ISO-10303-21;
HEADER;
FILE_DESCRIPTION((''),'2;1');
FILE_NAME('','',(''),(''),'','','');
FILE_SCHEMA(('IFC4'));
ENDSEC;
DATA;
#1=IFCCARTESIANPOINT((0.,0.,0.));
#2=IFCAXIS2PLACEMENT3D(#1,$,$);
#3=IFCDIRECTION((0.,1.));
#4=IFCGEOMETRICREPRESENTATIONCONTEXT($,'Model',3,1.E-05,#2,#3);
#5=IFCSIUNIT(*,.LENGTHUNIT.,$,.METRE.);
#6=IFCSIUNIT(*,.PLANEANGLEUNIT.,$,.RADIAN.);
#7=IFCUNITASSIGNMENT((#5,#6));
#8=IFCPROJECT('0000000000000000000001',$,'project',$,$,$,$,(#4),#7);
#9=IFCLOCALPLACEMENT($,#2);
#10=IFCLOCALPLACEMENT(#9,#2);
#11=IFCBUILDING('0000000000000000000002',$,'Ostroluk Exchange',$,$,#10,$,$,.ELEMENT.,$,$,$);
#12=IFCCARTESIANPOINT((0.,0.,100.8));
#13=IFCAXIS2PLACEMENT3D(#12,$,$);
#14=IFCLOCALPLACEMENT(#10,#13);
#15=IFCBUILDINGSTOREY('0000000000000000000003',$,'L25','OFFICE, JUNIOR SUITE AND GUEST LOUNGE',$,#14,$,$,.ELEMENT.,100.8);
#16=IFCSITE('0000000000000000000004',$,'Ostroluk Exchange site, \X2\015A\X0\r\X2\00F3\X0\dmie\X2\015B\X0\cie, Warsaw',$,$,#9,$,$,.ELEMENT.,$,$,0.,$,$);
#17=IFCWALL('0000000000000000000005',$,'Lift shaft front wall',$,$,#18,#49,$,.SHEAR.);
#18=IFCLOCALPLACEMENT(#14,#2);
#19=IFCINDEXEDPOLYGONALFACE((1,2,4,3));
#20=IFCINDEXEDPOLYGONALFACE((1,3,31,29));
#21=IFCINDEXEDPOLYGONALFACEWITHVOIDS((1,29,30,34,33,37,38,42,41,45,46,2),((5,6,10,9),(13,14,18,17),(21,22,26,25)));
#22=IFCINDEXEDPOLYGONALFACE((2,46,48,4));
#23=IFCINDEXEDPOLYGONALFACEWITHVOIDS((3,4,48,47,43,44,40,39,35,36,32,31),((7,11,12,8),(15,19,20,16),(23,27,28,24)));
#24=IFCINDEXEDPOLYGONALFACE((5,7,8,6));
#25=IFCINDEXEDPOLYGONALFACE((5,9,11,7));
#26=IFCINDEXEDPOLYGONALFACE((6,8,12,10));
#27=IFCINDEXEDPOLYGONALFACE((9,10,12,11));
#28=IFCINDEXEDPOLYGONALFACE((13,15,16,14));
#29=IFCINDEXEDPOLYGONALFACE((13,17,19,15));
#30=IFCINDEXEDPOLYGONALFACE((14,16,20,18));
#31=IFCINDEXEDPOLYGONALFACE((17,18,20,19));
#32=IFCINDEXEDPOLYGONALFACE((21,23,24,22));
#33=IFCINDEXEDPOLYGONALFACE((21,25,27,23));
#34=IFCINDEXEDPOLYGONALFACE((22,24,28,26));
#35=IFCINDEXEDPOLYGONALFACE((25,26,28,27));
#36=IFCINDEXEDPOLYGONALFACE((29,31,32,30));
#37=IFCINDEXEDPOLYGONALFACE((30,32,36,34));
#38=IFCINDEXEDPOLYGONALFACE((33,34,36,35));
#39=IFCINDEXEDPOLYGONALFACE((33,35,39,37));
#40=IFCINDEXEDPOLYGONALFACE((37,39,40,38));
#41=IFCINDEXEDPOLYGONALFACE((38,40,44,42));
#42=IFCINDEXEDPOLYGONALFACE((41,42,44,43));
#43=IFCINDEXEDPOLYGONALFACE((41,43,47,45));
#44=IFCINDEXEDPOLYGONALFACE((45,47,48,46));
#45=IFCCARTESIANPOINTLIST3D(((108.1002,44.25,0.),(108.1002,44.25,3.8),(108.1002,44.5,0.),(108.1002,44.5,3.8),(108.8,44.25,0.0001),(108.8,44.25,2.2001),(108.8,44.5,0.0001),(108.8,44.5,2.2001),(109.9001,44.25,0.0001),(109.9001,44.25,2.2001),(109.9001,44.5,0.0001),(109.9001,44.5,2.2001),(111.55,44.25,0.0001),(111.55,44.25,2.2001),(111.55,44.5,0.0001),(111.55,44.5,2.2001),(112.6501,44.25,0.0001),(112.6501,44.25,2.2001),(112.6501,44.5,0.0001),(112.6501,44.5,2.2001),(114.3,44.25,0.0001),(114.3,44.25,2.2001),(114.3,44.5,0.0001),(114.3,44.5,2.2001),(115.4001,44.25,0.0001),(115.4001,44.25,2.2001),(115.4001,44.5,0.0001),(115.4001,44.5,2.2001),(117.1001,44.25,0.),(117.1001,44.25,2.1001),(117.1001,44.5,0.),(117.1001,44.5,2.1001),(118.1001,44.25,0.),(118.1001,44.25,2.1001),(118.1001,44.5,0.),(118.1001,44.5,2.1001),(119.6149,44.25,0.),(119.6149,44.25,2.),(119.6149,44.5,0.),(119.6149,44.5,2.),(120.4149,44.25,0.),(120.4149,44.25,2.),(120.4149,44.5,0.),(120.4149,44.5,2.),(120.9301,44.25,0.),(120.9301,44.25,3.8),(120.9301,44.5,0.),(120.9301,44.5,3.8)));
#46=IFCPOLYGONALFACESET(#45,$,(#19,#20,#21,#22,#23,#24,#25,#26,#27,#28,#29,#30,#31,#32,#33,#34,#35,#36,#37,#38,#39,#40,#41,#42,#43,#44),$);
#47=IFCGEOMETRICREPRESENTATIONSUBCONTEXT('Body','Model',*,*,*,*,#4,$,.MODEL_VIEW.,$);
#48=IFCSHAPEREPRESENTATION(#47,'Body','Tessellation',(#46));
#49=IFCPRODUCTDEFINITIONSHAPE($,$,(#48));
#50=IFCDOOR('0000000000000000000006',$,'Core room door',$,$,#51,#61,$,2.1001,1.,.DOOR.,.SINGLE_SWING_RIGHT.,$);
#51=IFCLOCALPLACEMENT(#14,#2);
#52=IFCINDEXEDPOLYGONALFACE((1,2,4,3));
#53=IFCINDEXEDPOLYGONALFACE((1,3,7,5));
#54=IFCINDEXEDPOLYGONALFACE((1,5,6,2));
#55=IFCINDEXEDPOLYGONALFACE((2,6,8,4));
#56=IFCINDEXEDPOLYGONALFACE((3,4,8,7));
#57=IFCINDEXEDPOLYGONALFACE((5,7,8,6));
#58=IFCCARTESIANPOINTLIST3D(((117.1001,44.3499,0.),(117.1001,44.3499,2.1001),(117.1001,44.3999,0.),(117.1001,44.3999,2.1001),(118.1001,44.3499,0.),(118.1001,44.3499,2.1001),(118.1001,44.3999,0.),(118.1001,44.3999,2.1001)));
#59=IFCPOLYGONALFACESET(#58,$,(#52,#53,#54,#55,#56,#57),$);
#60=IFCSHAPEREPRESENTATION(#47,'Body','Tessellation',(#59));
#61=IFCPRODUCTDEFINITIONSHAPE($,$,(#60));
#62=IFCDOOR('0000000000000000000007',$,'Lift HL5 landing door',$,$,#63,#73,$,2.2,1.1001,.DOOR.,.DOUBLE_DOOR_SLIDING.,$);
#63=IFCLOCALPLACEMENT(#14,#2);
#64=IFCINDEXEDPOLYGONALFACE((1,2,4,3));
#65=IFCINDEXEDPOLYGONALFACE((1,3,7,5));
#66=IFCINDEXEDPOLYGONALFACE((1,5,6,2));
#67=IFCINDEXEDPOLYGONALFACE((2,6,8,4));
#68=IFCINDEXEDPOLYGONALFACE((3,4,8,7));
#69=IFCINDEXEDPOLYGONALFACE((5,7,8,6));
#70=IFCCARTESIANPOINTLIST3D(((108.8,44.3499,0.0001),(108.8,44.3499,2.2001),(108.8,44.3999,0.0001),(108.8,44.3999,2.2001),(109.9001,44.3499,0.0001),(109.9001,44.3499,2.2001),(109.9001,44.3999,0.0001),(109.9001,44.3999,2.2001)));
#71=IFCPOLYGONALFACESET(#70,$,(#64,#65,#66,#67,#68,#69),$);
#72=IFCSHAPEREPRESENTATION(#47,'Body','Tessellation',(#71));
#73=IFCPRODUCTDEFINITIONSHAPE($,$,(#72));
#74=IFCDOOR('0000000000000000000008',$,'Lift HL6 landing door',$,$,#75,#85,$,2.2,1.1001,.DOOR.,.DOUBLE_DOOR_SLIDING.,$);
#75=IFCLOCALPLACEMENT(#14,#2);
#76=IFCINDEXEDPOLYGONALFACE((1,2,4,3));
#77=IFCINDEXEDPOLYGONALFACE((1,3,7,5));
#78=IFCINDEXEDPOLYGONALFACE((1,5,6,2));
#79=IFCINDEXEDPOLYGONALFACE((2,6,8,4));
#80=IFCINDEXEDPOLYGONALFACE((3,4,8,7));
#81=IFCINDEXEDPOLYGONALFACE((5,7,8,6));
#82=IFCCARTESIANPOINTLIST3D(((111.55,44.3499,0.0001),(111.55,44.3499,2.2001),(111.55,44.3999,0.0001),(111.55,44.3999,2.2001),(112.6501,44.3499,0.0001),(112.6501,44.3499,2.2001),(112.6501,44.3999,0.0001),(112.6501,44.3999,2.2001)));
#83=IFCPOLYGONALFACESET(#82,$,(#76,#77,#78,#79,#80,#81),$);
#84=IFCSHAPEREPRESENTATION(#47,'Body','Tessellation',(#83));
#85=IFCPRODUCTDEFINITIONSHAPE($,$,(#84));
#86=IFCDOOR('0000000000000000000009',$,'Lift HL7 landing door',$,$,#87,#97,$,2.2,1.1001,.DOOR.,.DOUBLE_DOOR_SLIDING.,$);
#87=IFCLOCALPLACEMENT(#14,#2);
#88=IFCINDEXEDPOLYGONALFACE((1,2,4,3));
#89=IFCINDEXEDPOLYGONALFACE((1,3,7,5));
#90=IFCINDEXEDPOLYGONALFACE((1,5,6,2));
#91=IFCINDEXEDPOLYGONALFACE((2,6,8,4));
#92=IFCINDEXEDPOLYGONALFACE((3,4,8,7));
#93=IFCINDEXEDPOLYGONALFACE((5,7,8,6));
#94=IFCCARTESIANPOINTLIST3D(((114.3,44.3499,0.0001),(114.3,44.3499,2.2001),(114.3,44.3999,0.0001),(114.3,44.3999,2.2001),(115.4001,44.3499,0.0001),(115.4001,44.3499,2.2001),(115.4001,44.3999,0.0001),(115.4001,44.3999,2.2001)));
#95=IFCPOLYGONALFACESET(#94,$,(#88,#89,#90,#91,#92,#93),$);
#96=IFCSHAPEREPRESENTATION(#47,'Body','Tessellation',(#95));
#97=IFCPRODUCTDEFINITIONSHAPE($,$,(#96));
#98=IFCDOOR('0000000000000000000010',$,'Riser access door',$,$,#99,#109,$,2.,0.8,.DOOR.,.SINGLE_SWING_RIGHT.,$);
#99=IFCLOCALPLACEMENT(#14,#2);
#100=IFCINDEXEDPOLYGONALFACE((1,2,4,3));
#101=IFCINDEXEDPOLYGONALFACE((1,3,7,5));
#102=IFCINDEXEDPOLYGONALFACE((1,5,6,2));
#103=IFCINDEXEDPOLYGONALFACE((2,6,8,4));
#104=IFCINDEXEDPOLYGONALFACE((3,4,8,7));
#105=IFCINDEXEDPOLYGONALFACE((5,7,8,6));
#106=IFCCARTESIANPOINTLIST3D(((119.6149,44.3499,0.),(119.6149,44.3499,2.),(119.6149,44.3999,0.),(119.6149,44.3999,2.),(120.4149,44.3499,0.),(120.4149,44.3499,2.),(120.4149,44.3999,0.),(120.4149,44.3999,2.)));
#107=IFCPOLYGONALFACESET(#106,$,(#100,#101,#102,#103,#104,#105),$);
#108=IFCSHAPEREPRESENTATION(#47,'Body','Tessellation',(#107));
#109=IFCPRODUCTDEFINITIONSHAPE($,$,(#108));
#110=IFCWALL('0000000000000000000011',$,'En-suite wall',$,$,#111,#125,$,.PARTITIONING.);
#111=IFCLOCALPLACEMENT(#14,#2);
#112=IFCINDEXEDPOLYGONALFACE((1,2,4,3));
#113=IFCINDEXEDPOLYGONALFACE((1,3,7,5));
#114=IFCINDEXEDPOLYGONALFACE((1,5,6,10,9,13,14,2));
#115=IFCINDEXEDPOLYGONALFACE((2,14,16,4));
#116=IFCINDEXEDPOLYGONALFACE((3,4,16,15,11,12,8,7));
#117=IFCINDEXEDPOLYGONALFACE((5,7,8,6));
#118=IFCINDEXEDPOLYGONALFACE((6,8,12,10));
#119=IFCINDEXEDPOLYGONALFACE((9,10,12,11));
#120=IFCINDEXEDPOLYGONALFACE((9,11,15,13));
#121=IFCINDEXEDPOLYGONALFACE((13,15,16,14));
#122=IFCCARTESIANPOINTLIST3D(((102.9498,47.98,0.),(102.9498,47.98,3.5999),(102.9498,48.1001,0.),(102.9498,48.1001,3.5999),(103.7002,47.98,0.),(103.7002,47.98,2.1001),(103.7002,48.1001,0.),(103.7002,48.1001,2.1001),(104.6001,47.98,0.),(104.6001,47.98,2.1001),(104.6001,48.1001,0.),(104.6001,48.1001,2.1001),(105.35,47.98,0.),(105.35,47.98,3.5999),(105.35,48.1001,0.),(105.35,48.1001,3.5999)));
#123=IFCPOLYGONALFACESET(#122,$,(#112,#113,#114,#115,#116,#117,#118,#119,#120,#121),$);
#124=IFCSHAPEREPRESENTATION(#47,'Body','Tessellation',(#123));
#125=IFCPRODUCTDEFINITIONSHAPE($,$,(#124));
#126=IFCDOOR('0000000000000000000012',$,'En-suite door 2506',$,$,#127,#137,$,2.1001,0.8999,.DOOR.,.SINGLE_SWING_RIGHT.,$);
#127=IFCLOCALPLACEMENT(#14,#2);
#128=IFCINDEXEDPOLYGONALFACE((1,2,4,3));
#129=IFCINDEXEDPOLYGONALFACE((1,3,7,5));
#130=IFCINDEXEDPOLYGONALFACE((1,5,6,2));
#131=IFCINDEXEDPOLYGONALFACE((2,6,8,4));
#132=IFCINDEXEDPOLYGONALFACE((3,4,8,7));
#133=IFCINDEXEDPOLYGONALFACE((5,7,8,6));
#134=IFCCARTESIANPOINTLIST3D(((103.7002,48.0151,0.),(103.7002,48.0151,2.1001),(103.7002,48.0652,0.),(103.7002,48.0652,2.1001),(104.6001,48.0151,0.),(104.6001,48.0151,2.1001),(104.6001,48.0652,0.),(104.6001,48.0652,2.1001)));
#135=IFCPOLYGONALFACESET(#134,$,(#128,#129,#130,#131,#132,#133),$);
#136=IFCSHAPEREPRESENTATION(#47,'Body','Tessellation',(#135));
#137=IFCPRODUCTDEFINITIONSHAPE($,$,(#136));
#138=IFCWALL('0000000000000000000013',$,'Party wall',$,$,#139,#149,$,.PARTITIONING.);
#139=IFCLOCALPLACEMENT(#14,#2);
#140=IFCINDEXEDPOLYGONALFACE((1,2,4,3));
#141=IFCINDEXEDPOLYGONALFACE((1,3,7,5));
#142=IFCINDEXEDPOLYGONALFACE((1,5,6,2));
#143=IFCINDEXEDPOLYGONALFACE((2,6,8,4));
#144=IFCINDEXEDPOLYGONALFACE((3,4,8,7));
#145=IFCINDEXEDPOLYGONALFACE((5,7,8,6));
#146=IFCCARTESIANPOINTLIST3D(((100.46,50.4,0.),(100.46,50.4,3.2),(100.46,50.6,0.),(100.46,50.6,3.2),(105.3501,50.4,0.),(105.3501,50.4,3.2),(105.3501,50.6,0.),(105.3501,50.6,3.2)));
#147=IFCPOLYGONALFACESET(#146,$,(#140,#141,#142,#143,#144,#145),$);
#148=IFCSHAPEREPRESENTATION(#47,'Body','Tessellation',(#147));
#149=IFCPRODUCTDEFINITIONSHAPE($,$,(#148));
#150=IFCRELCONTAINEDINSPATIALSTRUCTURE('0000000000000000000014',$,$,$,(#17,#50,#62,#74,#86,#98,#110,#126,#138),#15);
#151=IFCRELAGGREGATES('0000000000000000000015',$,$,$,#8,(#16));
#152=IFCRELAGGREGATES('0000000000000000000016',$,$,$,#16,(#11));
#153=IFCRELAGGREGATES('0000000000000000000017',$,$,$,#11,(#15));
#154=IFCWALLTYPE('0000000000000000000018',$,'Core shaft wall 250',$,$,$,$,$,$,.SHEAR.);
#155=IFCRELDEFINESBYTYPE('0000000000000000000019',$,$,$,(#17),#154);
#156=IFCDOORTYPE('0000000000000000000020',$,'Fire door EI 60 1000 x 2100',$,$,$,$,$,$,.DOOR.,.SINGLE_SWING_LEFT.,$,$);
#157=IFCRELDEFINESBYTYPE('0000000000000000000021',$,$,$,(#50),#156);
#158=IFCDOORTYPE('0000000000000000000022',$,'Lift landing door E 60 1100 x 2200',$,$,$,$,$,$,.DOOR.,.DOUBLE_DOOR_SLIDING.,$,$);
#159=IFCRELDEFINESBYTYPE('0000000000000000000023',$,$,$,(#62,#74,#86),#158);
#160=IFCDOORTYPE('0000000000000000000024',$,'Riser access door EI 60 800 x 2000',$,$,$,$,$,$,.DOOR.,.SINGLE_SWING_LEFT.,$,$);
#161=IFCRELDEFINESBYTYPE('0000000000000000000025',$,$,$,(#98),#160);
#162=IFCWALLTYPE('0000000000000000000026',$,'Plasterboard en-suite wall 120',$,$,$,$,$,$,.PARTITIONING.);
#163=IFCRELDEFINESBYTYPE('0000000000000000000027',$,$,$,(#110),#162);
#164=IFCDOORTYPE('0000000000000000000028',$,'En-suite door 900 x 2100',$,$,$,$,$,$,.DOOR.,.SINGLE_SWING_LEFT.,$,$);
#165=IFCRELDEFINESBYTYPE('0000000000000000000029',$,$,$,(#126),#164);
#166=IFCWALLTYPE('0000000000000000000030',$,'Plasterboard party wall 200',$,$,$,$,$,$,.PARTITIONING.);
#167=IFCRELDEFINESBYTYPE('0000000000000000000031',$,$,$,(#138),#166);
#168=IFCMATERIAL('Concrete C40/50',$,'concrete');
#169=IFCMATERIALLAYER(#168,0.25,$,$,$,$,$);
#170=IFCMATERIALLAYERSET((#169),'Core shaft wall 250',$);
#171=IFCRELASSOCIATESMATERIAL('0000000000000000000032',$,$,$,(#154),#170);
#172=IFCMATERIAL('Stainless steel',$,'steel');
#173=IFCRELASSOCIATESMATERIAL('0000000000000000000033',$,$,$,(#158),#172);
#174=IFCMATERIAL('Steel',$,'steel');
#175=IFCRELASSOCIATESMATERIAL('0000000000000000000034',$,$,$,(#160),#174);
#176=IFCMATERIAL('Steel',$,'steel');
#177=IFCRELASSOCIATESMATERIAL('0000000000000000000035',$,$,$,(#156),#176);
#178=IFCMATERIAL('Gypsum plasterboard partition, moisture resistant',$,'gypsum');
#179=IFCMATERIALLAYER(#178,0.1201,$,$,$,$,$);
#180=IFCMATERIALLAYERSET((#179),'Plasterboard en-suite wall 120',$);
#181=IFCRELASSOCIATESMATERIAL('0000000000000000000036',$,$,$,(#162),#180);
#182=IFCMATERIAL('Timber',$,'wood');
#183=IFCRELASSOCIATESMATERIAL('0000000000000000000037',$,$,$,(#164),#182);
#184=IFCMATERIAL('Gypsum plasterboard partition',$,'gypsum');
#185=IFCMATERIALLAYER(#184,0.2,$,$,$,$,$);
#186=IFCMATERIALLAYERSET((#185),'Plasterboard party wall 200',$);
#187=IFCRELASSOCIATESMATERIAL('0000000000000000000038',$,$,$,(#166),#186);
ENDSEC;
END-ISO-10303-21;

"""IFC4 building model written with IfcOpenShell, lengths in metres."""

from ifc_helpers import new_model, si_unit, direction, frame, frame_2d, origin, place, context, subcontext, project, spatial, rectangle, extrude, material, layer, layer_set, type_object, element, fill, save


model = new_model("IFC4")

# Units and contexts
model_context = context("Model", 3, precision=1e-05, world=origin(), true_north=direction((0.0, 1.0)))
body_context = subcontext(model_context, "Body", "Model", "MODEL_VIEW")
ifc_project = project(units=[si_unit("LENGTHUNIT", "METRE"), si_unit("PLANEANGLEUNIT", "RADIAN")], contexts=[model_context])

# Site, building, storey
site_placement = place(None, origin())
site = spatial("IfcSite", under=ifc_project, at=site_placement, Name="Ostroluk Exchange site, Śródmieście, Warsaw", CompositionType="ELEMENT", RefElevation=0.0)
building_placement = place(site_placement, origin())
building = spatial("IfcBuilding", under=site, at=building_placement, Name="Ostroluk Exchange", CompositionType="ELEMENT")
storey_placement = place(building_placement, frame((0.0, 0.0, 100.8)))
storey = spatial("IfcBuildingStorey", under=building, at=storey_placement, Name="L25", Description="OFFICE, JUNIOR SUITE AND GUEST LOUNGE", CompositionType="ELEMENT", Elevation=100.8)

# Shared definitions
ifc_material_1 = material(Name="Concrete C40/50", Category="concrete")
ifc_layer_1 = layer(ifc_material_1, 0.25)
ifc_layer_set_1 = layer_set([ifc_layer_1], Name="Core shaft wall 250")
wall_type_1 = type_object("IfcWallType", Name="Core shaft wall 250", PredefinedType="SHEAR", material=ifc_layer_set_1)

# Shared definitions
ifc_material_2 = material(Name="Stainless steel", Category="steel")
door_type_1 = type_object("IfcDoorType", Name="Lift landing door E 60 1100 x 2200", OperationType="DOUBLE_DOOR_SLIDING", PredefinedType="DOOR", material=ifc_material_2)
ifc_material_3 = material(Name="Steel", Category="steel")
door_type_2 = type_object("IfcDoorType", Name="Riser access door EI 60 800 x 2000", OperationType="SINGLE_SWING_LEFT", PredefinedType="DOOR", material=ifc_material_3)

# Wall, openings, doors
wall_1_placement = place(storey_placement, frame((108.1001, 44.375, 0.0), z_axis=(0.0, 0.0, 1.0), x_axis=(1.0, 0.0, 0.0)))
wall_1 = element("IfcWall", 1, at=wall_1_placement, inside=storey, type_object=wall_type_1, Name="Lift shaft front wall", PredefinedType="SHEAR", context=body_context, shape_type="SweptSolid", body=[
    extrude(rectangle(XDim=12.8298, YDim=0.25, at=frame_2d((6.415, 0.0))), origin(), (0.0, 0.0, 1.0), 3.8),
])
opening_1_placement = place(wall_1_placement, frame((0.7, 0.0, 0.0)))
opening_1 = element("IfcOpeningElement", 2, at=opening_1_placement, cuts=wall_1, PredefinedType="OPENING", context=body_context, shape_type="SweptSolid", body=[
    extrude(rectangle(XDim=1.1001, YDim=2.2, at=frame_2d((0.55, 1.1001))), frame((0.0, 0.135, 0.0), z_axis=(0.0, -1.0, 0.0), x_axis=(1.0, 0.0, 0.0)), (0.0, 0.0, 1.0), 0.27),
])
opening_2_placement = place(wall_1_placement, frame((3.45, 0.0, 0.0)))
opening_2 = element("IfcOpeningElement", 3, at=opening_2_placement, cuts=wall_1, PredefinedType="OPENING", context=body_context, shape_type="SweptSolid", body=[
    extrude(rectangle(XDim=1.1001, YDim=2.2, at=frame_2d((0.55, 1.1001))), frame((0.0, 0.135, 0.0), z_axis=(0.0, -1.0, 0.0), x_axis=(1.0, 0.0, 0.0)), (0.0, 0.0, 1.0), 0.27),
])
opening_3_placement = place(wall_1_placement, frame((6.2, 0.0, 0.0)))
opening_3 = element("IfcOpeningElement", 4, at=opening_3_placement, cuts=wall_1, PredefinedType="OPENING", context=body_context, shape_type="SweptSolid", body=[
    extrude(rectangle(XDim=1.1001, YDim=2.2, at=frame_2d((0.55, 1.1001))), frame((0.0, 0.135, 0.0), z_axis=(0.0, -1.0, 0.0), x_axis=(1.0, 0.0, 0.0)), (0.0, 0.0, 1.0), 0.27),
])
opening_4_placement = place(wall_1_placement, frame((9.0, 0.0, 0.0)))
opening_4 = element("IfcOpeningElement", 5, at=opening_4_placement, cuts=wall_1, PredefinedType="OPENING", context=body_context, shape_type="SweptSolid", body=[
    extrude(rectangle(XDim=1.0, YDim=2.1001, at=frame_2d((0.5, 1.05))), frame((0.0, 0.135, 0.0), z_axis=(0.0, -1.0, 0.0), x_axis=(1.0, 0.0, 0.0)), (0.0, 0.0, 1.0), 0.27),
])
opening_5_placement = place(wall_1_placement, frame((11.5149, 0.0, 0.0)))
opening_5 = element("IfcOpeningElement", 6, at=opening_5_placement, cuts=wall_1, PredefinedType="OPENING", context=body_context, shape_type="SweptSolid", body=[
    extrude(rectangle(XDim=0.8, YDim=2.0, at=frame_2d((0.3999, 1.0))), frame((0.0, 0.135, 0.0), z_axis=(0.0, -1.0, 0.0), x_axis=(1.0, 0.0, 0.0)), (0.0, 0.0, 1.0), 0.27),
])
ifc_material_4 = material(Name="Steel", Category="steel")
door_type_3 = type_object("IfcDoorType", Name="Fire door EI 60 1000 x 2100", OperationType="SINGLE_SWING_LEFT", PredefinedType="DOOR", material=ifc_material_4)
door_1_placement = place(opening_4_placement, origin())
door_1 = element("IfcDoor", 7, at=door_1_placement, inside=storey, type_object=door_type_3, Name="Core room door", OperationType="SINGLE_SWING_RIGHT", OverallHeight=2.1001, OverallWidth=1.0, PredefinedType="DOOR", context=body_context, shape_type="SweptSolid", body=[
    extrude(rectangle(XDim=1.0, YDim=2.1001, at=frame_2d((0.5, 1.05))), frame((0.0, 0.0249, 0.0), z_axis=(0.0, -1.0, 0.0), x_axis=(1.0, 0.0, 0.0)), (0.0, 0.0, 1.0), 0.05),
])
fill(opening_4, door_1)
door_2_placement = place(opening_1_placement, origin())
door_2 = element("IfcDoor", 8, at=door_2_placement, inside=storey, type_object=door_type_1, Name="Lift HL5 landing door", OperationType="DOUBLE_DOOR_SLIDING", OverallHeight=2.2, OverallWidth=1.1001, PredefinedType="DOOR", context=body_context, shape_type="SweptSolid", body=[
    extrude(rectangle(XDim=1.1001, YDim=2.2, at=frame_2d((0.55, 1.1001))), frame((0.0, 0.0249, 0.0), z_axis=(0.0, -1.0, 0.0), x_axis=(1.0, 0.0, 0.0)), (0.0, 0.0, 1.0), 0.05),
])
fill(opening_1, door_2)
door_3_placement = place(opening_2_placement, origin())
door_3 = element("IfcDoor", 9, at=door_3_placement, inside=storey, type_object=door_type_1, Name="Lift HL6 landing door", OperationType="DOUBLE_DOOR_SLIDING", OverallHeight=2.2, OverallWidth=1.1001, PredefinedType="DOOR", context=body_context, shape_type="SweptSolid", body=[
    extrude(rectangle(XDim=1.1001, YDim=2.2, at=frame_2d((0.55, 1.1001))), frame((0.0, 0.0249, 0.0), z_axis=(0.0, -1.0, 0.0), x_axis=(1.0, 0.0, 0.0)), (0.0, 0.0, 1.0), 0.05),
])
fill(opening_2, door_3)
door_4_placement = place(opening_3_placement, origin())
door_4 = element("IfcDoor", 10, at=door_4_placement, inside=storey, type_object=door_type_1, Name="Lift HL7 landing door", OperationType="DOUBLE_DOOR_SLIDING", OverallHeight=2.2, OverallWidth=1.1001, PredefinedType="DOOR", context=body_context, shape_type="SweptSolid", body=[
    extrude(rectangle(XDim=1.1001, YDim=2.2, at=frame_2d((0.55, 1.1001))), frame((0.0, 0.0249, 0.0), z_axis=(0.0, -1.0, 0.0), x_axis=(1.0, 0.0, 0.0)), (0.0, 0.0, 1.0), 0.05),
])
fill(opening_3, door_4)
door_5_placement = place(opening_5_placement, origin())
door_5 = element("IfcDoor", 11, at=door_5_placement, inside=storey, type_object=door_type_2, Name="Riser access door", OperationType="SINGLE_SWING_RIGHT", OverallHeight=2.0, OverallWidth=0.8, PredefinedType="DOOR", context=body_context, shape_type="SweptSolid", body=[
    extrude(rectangle(XDim=0.8, YDim=2.0, at=frame_2d((0.3999, 1.0))), frame((0.0, 0.0249, 0.0), z_axis=(0.0, -1.0, 0.0), x_axis=(1.0, 0.0, 0.0)), (0.0, 0.0, 1.0), 0.05),
])
fill(opening_5, door_5)

# Wall, opening, door
ifc_material_5 = material(Name="Gypsum plasterboard partition, moisture resistant", Category="gypsum")
ifc_layer_2 = layer(ifc_material_5, 0.1201)
ifc_layer_set_2 = layer_set([ifc_layer_2], Name="Plasterboard en-suite wall 120")
wall_type_2 = type_object("IfcWallType", Name="Plasterboard en-suite wall 120", PredefinedType="PARTITIONING", material=ifc_layer_set_2)
wall_2_placement = place(storey_placement, frame((105.3501, 48.04, 0.0), z_axis=(0.0, 0.0, 1.0), x_axis=(-1.0, 0.0, 0.0)))
wall_2 = element("IfcWall", 12, at=wall_2_placement, inside=storey, type_object=wall_type_2, Name="En-suite wall", PredefinedType="PARTITIONING", context=body_context, shape_type="SweptSolid", body=[
    extrude(rectangle(XDim=2.4001, YDim=0.1201, at=frame_2d((1.2002, 0.0))), origin(), (0.0, 0.0, 1.0), 3.5999),
])
opening_6_placement = place(wall_2_placement, frame((0.75, 0.0, 0.0)))
opening_6 = element("IfcOpeningElement", 13, at=opening_6_placement, cuts=wall_2, PredefinedType="OPENING", context=body_context, shape_type="SweptSolid", body=[
    extrude(rectangle(XDim=0.8999, YDim=2.1001, at=frame_2d((0.45, 1.05))), frame((0.0, 0.0701, 0.0), z_axis=(0.0, -1.0, 0.0), x_axis=(1.0, 0.0, 0.0)), (0.0, 0.0, 1.0), 0.1401),
])
ifc_material_6 = material(Name="Timber", Category="wood")
door_type_4 = type_object("IfcDoorType", Name="En-suite door 900 x 2100", OperationType="SINGLE_SWING_LEFT", PredefinedType="DOOR", material=ifc_material_6)
door_6_placement = place(opening_6_placement, origin())
door_6 = element("IfcDoor", 14, at=door_6_placement, inside=storey, type_object=door_type_4, Name="En-suite door 2506", OperationType="SINGLE_SWING_RIGHT", OverallHeight=2.1001, OverallWidth=0.8999, PredefinedType="DOOR", context=body_context, shape_type="SweptSolid", body=[
    extrude(rectangle(XDim=0.8999, YDim=2.1001, at=frame_2d((0.45, 1.05))), frame((0.0, 0.0249, 0.0), z_axis=(0.0, -1.0, 0.0), x_axis=(1.0, 0.0, 0.0)), (0.0, 0.0, 1.0), 0.05),
])
fill(opening_6, door_6)

# Wall
ifc_material_7 = material(Name="Gypsum plasterboard partition", Category="gypsum")
ifc_layer_3 = layer(ifc_material_7, 0.2)
ifc_layer_set_3 = layer_set([ifc_layer_3], Name="Plasterboard party wall 200")
wall_type_3 = type_object("IfcWallType", Name="Plasterboard party wall 200", PredefinedType="PARTITIONING", material=ifc_layer_set_3)
wall_3_placement = place(storey_placement, frame((105.3501, 50.5, 0.0), z_axis=(0.0, 0.0, 1.0), x_axis=(-1.0, 0.0, 0.0)))
element("IfcWall", 15, at=wall_3_placement, inside=storey, type_object=wall_type_3, Name="Party wall", PredefinedType="PARTITIONING", context=body_context, shape_type="SweptSolid", body=[
    extrude(rectangle(XDim=4.8901, YDim=0.2, at=frame_2d((2.4451, 0.0))), origin(), (0.0, 0.0, 1.0), 3.2),
])

save(model, "model.ifc")
